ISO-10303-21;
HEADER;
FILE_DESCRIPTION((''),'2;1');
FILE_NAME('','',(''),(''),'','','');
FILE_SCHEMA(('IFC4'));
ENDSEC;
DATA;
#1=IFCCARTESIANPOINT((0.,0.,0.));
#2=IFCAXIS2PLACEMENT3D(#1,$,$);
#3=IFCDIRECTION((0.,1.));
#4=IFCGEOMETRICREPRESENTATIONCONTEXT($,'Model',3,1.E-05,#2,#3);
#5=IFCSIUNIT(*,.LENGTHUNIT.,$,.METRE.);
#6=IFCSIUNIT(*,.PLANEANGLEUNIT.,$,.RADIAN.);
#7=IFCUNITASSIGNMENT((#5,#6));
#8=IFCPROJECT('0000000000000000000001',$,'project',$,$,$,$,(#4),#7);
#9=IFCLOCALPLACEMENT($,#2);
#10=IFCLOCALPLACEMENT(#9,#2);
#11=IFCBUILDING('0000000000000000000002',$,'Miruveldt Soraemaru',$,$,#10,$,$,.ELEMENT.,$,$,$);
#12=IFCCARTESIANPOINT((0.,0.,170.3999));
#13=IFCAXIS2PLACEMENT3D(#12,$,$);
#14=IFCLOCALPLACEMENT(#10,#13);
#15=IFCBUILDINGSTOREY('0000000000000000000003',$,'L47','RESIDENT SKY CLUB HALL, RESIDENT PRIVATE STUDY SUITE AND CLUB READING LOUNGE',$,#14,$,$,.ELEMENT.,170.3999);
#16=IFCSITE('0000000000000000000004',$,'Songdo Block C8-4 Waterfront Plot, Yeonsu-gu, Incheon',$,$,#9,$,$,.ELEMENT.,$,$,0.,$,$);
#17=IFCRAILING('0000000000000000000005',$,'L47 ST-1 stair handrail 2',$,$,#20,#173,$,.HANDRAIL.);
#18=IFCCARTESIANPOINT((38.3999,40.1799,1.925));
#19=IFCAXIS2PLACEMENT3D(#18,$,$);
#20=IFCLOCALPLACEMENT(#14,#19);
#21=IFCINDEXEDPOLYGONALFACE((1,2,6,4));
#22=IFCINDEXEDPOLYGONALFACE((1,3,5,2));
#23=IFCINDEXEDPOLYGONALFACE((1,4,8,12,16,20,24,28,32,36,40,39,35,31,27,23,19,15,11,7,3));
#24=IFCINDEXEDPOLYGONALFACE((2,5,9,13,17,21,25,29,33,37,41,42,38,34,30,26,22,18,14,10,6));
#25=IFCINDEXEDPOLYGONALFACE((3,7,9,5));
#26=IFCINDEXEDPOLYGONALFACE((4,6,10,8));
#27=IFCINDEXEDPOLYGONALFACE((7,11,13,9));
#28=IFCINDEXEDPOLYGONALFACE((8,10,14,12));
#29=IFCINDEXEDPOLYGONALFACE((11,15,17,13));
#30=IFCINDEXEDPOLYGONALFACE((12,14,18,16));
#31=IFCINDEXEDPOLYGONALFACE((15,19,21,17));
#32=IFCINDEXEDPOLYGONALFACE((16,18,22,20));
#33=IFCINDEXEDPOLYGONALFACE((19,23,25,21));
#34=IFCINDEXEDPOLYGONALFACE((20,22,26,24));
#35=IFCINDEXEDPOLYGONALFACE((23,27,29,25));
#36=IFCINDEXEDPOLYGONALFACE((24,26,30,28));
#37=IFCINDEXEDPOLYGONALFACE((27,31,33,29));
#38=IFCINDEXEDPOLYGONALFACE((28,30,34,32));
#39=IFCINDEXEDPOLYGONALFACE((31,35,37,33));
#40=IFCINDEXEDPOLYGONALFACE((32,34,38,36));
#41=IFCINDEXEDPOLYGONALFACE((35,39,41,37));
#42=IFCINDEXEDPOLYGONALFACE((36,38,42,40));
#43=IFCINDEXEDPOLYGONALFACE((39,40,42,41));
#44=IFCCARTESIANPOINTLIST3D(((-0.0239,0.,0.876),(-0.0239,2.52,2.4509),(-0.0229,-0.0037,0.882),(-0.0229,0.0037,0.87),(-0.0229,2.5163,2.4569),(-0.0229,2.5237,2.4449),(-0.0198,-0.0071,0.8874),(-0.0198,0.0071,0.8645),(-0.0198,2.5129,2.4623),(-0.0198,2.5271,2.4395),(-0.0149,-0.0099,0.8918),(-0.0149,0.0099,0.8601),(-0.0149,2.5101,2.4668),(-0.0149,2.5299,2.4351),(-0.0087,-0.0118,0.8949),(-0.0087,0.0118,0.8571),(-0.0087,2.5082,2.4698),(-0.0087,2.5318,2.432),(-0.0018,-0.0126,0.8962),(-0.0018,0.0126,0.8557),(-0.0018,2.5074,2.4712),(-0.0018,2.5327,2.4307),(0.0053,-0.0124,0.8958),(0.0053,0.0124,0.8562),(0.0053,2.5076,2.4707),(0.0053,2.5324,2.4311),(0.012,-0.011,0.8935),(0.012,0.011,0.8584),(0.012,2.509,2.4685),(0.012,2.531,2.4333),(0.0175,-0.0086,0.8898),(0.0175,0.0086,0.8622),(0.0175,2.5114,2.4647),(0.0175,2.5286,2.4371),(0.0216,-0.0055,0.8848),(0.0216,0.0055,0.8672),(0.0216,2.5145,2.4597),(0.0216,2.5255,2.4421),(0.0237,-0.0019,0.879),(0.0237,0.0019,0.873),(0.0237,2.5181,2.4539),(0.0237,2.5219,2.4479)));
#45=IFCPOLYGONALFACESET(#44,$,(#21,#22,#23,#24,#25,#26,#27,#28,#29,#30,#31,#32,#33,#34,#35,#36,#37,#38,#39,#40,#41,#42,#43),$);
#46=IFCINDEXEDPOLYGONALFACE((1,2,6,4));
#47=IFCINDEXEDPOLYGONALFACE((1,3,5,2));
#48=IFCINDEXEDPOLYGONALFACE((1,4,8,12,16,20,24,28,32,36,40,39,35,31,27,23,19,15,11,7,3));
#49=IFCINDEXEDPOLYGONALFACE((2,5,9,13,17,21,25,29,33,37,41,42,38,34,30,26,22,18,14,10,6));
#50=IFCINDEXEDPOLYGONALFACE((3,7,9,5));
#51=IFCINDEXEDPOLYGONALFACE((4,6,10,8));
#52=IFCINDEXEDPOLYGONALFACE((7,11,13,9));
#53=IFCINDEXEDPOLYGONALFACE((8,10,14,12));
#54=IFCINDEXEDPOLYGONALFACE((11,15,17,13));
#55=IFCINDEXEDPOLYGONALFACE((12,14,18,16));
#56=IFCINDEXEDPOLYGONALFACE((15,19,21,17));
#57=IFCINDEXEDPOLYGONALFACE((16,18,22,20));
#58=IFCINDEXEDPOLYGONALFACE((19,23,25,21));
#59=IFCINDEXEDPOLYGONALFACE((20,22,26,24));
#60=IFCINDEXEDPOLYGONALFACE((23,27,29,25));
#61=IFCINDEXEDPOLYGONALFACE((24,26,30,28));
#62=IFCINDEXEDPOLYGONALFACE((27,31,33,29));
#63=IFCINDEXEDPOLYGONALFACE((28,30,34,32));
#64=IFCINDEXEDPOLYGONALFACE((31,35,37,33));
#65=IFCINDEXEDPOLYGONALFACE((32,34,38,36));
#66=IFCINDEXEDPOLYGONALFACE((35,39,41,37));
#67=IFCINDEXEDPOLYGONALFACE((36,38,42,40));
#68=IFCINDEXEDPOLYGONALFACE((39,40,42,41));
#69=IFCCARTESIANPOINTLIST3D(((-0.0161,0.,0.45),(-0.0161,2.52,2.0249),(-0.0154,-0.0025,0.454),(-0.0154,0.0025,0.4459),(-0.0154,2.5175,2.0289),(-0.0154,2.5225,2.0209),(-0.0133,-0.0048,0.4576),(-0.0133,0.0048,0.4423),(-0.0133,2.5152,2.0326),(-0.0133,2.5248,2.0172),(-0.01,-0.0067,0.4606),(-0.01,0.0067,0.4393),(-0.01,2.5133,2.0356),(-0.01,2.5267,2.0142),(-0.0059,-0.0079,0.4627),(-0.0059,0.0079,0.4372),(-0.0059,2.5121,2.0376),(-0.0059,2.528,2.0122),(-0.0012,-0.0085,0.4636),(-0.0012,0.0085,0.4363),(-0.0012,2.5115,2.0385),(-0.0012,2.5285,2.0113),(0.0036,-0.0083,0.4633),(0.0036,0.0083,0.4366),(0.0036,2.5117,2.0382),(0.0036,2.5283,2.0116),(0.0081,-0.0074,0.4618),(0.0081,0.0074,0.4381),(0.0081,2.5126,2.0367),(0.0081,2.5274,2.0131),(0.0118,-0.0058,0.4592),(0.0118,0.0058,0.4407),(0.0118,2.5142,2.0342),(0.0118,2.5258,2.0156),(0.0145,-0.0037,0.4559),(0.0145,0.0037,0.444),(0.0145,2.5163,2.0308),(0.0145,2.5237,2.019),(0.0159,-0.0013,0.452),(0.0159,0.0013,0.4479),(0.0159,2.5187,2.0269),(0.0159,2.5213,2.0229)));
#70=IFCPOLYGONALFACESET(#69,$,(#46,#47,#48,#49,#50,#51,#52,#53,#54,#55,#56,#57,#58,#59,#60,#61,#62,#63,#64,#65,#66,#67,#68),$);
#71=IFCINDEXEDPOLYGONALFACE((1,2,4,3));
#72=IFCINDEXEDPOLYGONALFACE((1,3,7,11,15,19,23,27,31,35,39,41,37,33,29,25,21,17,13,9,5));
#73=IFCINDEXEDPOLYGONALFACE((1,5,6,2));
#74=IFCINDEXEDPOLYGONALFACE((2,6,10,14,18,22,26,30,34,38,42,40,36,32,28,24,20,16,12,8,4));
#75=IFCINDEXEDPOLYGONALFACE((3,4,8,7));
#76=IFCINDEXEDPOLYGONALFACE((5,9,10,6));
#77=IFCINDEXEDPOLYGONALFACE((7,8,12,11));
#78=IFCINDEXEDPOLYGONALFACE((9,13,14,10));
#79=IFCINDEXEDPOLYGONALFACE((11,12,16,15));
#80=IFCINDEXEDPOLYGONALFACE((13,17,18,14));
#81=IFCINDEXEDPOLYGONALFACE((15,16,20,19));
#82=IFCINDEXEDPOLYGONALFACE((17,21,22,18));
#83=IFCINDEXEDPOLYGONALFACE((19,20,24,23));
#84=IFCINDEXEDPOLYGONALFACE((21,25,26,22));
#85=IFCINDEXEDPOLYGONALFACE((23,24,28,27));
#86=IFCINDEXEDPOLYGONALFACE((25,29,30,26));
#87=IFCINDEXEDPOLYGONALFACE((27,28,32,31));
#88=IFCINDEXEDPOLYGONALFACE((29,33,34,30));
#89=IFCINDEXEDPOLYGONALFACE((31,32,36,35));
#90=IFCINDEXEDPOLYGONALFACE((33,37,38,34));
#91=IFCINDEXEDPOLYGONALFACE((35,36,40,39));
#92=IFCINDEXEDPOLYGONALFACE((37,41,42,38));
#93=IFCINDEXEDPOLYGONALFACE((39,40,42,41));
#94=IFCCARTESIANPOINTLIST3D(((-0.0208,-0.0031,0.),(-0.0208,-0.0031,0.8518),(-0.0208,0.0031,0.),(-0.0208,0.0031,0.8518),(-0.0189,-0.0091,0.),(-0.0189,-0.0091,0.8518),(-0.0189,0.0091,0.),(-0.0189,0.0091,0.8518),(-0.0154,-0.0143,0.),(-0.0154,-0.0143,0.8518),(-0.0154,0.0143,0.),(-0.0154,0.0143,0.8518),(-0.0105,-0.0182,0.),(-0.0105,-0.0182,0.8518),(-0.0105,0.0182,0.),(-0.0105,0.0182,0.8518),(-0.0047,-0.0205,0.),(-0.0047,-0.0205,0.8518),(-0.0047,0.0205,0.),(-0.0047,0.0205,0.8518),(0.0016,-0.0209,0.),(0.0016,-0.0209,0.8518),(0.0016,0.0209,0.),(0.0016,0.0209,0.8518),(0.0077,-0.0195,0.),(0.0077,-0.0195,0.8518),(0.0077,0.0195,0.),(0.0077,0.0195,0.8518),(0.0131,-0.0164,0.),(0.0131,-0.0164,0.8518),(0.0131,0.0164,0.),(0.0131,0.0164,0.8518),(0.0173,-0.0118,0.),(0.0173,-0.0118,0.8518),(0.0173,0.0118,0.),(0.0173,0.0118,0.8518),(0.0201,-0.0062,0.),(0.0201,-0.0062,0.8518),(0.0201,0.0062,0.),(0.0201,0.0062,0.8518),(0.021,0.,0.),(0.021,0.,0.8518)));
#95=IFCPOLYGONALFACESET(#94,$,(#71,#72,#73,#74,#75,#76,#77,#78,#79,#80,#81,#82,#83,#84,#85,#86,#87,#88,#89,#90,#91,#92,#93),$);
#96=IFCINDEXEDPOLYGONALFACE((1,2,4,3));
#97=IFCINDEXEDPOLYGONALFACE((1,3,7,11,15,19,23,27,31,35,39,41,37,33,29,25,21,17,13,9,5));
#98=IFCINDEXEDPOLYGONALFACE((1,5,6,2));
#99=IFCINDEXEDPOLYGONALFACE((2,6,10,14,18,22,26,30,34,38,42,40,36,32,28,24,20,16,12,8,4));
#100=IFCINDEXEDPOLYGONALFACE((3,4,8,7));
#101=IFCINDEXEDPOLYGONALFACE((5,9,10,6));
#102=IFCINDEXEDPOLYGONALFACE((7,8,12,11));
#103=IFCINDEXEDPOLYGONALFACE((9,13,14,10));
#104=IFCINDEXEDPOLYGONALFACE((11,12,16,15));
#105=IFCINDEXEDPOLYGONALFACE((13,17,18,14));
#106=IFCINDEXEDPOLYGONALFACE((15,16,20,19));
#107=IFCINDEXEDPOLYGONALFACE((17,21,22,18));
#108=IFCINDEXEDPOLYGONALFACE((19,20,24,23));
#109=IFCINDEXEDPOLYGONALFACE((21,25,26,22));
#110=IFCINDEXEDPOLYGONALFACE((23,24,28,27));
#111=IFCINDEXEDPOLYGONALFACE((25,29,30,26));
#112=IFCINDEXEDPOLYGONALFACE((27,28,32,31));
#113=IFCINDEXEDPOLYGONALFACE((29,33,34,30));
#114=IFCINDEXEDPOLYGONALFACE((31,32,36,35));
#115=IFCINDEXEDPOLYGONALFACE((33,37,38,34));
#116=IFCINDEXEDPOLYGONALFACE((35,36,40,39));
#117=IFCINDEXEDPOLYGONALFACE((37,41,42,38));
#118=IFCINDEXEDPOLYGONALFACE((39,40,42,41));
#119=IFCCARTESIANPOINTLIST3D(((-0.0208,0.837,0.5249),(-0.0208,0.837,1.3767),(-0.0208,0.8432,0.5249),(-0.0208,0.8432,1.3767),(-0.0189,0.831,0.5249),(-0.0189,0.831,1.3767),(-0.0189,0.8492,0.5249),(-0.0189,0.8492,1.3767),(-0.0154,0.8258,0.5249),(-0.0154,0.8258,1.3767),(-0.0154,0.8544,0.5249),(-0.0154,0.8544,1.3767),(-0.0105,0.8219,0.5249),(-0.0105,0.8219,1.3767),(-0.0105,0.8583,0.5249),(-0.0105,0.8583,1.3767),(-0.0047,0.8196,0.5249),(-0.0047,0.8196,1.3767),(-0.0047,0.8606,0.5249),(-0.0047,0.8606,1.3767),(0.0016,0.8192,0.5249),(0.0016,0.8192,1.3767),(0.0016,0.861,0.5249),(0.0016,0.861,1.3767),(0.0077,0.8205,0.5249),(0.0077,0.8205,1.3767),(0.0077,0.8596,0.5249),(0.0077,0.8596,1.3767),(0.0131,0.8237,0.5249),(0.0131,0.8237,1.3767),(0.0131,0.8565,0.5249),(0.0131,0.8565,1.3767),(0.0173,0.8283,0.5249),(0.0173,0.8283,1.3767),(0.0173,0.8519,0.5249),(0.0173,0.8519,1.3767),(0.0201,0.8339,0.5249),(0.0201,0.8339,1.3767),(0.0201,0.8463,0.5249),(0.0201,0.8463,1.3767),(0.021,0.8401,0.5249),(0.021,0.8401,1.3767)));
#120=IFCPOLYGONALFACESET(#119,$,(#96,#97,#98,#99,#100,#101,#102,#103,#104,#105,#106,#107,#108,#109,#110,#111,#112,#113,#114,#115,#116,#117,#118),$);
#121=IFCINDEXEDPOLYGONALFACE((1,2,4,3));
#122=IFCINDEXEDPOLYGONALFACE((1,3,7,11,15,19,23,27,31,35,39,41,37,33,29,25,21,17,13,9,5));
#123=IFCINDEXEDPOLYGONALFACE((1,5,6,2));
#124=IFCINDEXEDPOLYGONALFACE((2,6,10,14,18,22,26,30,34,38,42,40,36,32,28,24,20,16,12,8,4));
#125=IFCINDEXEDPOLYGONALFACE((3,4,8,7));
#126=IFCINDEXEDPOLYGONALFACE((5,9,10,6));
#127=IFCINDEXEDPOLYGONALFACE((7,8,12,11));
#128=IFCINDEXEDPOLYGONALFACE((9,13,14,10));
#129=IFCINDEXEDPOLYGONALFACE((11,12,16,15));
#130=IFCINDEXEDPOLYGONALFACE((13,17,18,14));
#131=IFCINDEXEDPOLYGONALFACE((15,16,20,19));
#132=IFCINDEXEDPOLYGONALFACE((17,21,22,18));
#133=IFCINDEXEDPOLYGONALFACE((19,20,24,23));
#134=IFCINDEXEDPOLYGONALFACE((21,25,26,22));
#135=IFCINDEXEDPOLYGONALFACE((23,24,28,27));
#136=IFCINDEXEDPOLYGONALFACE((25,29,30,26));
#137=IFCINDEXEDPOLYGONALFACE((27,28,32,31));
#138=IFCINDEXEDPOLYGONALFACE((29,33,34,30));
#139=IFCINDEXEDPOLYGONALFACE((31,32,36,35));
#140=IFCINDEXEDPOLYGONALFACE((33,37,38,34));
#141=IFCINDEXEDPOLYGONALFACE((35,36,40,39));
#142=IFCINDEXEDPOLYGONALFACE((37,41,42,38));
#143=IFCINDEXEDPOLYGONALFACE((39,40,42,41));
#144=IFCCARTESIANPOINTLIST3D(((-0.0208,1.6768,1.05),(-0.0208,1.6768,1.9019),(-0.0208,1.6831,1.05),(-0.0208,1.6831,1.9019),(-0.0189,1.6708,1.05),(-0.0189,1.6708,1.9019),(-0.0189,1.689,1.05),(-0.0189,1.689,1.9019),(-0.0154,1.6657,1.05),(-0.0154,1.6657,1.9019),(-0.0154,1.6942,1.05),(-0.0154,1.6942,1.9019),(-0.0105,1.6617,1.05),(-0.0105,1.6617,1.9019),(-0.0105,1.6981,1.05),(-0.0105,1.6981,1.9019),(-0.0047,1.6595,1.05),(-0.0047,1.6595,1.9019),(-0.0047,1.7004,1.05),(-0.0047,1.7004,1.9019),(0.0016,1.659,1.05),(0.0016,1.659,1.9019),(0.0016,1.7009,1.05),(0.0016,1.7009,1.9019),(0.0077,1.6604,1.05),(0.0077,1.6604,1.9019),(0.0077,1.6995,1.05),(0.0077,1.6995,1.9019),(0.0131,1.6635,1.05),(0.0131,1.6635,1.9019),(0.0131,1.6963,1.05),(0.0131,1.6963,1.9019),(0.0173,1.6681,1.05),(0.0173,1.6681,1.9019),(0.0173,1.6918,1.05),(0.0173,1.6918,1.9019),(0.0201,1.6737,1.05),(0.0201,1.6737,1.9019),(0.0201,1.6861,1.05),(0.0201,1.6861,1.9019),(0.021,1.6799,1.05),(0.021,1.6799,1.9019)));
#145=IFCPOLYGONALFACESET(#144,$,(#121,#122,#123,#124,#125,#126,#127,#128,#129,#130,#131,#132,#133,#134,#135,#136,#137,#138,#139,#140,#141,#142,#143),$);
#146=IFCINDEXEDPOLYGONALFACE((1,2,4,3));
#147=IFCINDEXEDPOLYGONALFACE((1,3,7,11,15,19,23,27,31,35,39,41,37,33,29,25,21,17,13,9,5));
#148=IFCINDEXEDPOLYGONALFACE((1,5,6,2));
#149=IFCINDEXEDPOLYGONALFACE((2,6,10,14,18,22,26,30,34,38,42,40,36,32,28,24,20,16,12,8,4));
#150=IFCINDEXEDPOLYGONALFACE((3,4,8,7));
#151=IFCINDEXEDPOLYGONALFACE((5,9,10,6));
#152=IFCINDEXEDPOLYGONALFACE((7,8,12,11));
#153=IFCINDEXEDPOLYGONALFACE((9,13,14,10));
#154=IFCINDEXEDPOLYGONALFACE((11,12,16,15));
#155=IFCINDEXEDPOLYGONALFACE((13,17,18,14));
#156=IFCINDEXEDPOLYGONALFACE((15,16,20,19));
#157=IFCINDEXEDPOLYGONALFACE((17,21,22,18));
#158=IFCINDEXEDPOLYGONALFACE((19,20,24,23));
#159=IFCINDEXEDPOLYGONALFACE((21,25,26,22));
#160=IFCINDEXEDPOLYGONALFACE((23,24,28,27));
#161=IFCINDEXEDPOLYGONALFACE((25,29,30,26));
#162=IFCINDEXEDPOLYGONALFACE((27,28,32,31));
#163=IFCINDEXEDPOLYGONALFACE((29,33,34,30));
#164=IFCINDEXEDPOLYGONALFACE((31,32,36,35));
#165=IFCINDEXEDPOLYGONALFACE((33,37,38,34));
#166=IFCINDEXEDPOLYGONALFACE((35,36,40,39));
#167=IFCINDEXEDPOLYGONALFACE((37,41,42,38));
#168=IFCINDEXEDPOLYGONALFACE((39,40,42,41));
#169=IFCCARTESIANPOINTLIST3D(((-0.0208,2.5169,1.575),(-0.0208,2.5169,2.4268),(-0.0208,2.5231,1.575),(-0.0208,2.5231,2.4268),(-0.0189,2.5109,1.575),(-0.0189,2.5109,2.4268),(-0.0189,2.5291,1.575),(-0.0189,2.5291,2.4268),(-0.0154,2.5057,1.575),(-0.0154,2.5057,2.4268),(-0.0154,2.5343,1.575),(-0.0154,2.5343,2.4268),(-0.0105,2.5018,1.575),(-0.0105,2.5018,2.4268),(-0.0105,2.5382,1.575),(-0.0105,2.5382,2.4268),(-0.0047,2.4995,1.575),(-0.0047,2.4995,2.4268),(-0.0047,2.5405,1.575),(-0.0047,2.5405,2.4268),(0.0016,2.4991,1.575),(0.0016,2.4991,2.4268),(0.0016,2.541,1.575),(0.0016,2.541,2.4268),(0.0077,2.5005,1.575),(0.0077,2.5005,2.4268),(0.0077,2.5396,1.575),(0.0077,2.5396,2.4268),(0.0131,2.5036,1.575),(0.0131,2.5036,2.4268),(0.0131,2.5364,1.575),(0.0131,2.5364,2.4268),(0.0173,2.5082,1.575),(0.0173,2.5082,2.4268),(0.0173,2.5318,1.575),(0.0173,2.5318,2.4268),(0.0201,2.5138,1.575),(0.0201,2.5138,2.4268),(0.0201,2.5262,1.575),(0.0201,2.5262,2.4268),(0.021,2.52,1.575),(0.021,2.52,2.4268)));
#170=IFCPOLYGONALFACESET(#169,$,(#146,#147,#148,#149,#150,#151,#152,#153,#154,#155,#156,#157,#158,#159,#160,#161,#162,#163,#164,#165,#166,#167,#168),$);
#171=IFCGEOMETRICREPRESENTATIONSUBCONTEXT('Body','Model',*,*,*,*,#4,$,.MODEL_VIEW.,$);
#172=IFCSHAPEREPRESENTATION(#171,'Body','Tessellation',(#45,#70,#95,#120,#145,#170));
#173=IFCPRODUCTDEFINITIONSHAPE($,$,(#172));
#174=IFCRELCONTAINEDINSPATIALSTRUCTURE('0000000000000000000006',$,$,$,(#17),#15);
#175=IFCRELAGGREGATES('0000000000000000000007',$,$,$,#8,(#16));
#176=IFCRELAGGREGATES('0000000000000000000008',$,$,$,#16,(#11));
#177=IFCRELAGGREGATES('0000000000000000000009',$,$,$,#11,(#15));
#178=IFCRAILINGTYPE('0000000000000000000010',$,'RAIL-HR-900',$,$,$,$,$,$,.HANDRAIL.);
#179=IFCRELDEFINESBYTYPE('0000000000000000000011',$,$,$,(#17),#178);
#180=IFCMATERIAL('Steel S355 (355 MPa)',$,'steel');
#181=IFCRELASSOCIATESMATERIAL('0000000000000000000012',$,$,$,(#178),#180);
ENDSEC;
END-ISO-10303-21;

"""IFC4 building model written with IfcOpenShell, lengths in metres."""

from ifc_helpers import new_model, si_unit, direction, frame, origin, origin_2d, place, context, subcontext, project, spatial, circle, extrude, material, type_object, element, save


model = new_model("IFC4")

# Units and contexts
model_context = context("Model", 3, precision=1e-05, world=origin(), true_north=direction((0.0, 1.0)))
body_context = subcontext(model_context, "Body", "Model", "MODEL_VIEW")
ifc_project = project(units=[si_unit("LENGTHUNIT", "METRE"), si_unit("PLANEANGLEUNIT", "RADIAN")], contexts=[model_context])

# Site, building, storey
site_placement = place(None, origin())
site = spatial("IfcSite", under=ifc_project, at=site_placement, Name="Songdo Block C8-4 Waterfront Plot, Yeonsu-gu, Incheon", CompositionType="ELEMENT", RefElevation=0.0)
building_placement = place(site_placement, origin())
building = spatial("IfcBuilding", under=site, at=building_placement, Name="Miruveldt Soraemaru", CompositionType="ELEMENT")
storey_placement = place(building_placement, frame((0.0, 0.0, 170.3999)))
storey = spatial("IfcBuildingStorey", under=building, at=storey_placement, Name="L47", Description="RESIDENT SKY CLUB HALL, RESIDENT PRIVATE STUDY SUITE AND CLUB READING LOUNGE", CompositionType="ELEMENT", Elevation=170.3999)

# Railing
ifc_material_1 = material(Name="Steel S355 (355 MPa)", Category="steel")
railing_type_1 = type_object("IfcRailingType", Name="RAIL-HR-900", PredefinedType="HANDRAIL", material=ifc_material_1)
railing_1_placement = place(storey_placement, frame((38.3999, 40.1799, 1.925)))
element("IfcRailing", 1, at=railing_1_placement, inside=storey, type_object=railing_type_1, Name="L47 ST-1 stair handrail 2", PredefinedType="HANDRAIL", context=body_context, shape_type="SweptSolid", body=[
    extrude(circle(Radius=0.0239, at=origin_2d()), frame((0.0, 0.0, 0.876), z_axis=(0.0, 0.848008, 0.529984), x_axis=(-1.0, 0.0, 0.0)), (0.0, 0.0, 1.0), 2.9717),
    extrude(circle(Radius=0.0161, at=origin_2d()), frame((0.0, 0.0, 0.45), z_axis=(0.0, 0.848008, 0.529984), x_axis=(-1.0, 0.0, 0.0)), (0.0, 0.0, 1.0), 2.9717),
    extrude(circle(Radius=0.021, at=origin_2d()), origin(), (0.0, 0.0, 1.0), 0.8518),
    extrude(circle(Radius=0.021, at=origin_2d()), frame((0.0, 0.8401, 0.5249)), (0.0, 0.0, 1.0), 0.8518),
    extrude(circle(Radius=0.021, at=origin_2d()), frame((0.0, 1.6799, 1.05)), (0.0, 0.0, 1.0), 0.8518),
    extrude(circle(Radius=0.021, at=origin_2d()), frame((0.0, 2.52, 1.575)), (0.0, 0.0, 1.0), 0.8518),
])

save(model, "model.ifc")
